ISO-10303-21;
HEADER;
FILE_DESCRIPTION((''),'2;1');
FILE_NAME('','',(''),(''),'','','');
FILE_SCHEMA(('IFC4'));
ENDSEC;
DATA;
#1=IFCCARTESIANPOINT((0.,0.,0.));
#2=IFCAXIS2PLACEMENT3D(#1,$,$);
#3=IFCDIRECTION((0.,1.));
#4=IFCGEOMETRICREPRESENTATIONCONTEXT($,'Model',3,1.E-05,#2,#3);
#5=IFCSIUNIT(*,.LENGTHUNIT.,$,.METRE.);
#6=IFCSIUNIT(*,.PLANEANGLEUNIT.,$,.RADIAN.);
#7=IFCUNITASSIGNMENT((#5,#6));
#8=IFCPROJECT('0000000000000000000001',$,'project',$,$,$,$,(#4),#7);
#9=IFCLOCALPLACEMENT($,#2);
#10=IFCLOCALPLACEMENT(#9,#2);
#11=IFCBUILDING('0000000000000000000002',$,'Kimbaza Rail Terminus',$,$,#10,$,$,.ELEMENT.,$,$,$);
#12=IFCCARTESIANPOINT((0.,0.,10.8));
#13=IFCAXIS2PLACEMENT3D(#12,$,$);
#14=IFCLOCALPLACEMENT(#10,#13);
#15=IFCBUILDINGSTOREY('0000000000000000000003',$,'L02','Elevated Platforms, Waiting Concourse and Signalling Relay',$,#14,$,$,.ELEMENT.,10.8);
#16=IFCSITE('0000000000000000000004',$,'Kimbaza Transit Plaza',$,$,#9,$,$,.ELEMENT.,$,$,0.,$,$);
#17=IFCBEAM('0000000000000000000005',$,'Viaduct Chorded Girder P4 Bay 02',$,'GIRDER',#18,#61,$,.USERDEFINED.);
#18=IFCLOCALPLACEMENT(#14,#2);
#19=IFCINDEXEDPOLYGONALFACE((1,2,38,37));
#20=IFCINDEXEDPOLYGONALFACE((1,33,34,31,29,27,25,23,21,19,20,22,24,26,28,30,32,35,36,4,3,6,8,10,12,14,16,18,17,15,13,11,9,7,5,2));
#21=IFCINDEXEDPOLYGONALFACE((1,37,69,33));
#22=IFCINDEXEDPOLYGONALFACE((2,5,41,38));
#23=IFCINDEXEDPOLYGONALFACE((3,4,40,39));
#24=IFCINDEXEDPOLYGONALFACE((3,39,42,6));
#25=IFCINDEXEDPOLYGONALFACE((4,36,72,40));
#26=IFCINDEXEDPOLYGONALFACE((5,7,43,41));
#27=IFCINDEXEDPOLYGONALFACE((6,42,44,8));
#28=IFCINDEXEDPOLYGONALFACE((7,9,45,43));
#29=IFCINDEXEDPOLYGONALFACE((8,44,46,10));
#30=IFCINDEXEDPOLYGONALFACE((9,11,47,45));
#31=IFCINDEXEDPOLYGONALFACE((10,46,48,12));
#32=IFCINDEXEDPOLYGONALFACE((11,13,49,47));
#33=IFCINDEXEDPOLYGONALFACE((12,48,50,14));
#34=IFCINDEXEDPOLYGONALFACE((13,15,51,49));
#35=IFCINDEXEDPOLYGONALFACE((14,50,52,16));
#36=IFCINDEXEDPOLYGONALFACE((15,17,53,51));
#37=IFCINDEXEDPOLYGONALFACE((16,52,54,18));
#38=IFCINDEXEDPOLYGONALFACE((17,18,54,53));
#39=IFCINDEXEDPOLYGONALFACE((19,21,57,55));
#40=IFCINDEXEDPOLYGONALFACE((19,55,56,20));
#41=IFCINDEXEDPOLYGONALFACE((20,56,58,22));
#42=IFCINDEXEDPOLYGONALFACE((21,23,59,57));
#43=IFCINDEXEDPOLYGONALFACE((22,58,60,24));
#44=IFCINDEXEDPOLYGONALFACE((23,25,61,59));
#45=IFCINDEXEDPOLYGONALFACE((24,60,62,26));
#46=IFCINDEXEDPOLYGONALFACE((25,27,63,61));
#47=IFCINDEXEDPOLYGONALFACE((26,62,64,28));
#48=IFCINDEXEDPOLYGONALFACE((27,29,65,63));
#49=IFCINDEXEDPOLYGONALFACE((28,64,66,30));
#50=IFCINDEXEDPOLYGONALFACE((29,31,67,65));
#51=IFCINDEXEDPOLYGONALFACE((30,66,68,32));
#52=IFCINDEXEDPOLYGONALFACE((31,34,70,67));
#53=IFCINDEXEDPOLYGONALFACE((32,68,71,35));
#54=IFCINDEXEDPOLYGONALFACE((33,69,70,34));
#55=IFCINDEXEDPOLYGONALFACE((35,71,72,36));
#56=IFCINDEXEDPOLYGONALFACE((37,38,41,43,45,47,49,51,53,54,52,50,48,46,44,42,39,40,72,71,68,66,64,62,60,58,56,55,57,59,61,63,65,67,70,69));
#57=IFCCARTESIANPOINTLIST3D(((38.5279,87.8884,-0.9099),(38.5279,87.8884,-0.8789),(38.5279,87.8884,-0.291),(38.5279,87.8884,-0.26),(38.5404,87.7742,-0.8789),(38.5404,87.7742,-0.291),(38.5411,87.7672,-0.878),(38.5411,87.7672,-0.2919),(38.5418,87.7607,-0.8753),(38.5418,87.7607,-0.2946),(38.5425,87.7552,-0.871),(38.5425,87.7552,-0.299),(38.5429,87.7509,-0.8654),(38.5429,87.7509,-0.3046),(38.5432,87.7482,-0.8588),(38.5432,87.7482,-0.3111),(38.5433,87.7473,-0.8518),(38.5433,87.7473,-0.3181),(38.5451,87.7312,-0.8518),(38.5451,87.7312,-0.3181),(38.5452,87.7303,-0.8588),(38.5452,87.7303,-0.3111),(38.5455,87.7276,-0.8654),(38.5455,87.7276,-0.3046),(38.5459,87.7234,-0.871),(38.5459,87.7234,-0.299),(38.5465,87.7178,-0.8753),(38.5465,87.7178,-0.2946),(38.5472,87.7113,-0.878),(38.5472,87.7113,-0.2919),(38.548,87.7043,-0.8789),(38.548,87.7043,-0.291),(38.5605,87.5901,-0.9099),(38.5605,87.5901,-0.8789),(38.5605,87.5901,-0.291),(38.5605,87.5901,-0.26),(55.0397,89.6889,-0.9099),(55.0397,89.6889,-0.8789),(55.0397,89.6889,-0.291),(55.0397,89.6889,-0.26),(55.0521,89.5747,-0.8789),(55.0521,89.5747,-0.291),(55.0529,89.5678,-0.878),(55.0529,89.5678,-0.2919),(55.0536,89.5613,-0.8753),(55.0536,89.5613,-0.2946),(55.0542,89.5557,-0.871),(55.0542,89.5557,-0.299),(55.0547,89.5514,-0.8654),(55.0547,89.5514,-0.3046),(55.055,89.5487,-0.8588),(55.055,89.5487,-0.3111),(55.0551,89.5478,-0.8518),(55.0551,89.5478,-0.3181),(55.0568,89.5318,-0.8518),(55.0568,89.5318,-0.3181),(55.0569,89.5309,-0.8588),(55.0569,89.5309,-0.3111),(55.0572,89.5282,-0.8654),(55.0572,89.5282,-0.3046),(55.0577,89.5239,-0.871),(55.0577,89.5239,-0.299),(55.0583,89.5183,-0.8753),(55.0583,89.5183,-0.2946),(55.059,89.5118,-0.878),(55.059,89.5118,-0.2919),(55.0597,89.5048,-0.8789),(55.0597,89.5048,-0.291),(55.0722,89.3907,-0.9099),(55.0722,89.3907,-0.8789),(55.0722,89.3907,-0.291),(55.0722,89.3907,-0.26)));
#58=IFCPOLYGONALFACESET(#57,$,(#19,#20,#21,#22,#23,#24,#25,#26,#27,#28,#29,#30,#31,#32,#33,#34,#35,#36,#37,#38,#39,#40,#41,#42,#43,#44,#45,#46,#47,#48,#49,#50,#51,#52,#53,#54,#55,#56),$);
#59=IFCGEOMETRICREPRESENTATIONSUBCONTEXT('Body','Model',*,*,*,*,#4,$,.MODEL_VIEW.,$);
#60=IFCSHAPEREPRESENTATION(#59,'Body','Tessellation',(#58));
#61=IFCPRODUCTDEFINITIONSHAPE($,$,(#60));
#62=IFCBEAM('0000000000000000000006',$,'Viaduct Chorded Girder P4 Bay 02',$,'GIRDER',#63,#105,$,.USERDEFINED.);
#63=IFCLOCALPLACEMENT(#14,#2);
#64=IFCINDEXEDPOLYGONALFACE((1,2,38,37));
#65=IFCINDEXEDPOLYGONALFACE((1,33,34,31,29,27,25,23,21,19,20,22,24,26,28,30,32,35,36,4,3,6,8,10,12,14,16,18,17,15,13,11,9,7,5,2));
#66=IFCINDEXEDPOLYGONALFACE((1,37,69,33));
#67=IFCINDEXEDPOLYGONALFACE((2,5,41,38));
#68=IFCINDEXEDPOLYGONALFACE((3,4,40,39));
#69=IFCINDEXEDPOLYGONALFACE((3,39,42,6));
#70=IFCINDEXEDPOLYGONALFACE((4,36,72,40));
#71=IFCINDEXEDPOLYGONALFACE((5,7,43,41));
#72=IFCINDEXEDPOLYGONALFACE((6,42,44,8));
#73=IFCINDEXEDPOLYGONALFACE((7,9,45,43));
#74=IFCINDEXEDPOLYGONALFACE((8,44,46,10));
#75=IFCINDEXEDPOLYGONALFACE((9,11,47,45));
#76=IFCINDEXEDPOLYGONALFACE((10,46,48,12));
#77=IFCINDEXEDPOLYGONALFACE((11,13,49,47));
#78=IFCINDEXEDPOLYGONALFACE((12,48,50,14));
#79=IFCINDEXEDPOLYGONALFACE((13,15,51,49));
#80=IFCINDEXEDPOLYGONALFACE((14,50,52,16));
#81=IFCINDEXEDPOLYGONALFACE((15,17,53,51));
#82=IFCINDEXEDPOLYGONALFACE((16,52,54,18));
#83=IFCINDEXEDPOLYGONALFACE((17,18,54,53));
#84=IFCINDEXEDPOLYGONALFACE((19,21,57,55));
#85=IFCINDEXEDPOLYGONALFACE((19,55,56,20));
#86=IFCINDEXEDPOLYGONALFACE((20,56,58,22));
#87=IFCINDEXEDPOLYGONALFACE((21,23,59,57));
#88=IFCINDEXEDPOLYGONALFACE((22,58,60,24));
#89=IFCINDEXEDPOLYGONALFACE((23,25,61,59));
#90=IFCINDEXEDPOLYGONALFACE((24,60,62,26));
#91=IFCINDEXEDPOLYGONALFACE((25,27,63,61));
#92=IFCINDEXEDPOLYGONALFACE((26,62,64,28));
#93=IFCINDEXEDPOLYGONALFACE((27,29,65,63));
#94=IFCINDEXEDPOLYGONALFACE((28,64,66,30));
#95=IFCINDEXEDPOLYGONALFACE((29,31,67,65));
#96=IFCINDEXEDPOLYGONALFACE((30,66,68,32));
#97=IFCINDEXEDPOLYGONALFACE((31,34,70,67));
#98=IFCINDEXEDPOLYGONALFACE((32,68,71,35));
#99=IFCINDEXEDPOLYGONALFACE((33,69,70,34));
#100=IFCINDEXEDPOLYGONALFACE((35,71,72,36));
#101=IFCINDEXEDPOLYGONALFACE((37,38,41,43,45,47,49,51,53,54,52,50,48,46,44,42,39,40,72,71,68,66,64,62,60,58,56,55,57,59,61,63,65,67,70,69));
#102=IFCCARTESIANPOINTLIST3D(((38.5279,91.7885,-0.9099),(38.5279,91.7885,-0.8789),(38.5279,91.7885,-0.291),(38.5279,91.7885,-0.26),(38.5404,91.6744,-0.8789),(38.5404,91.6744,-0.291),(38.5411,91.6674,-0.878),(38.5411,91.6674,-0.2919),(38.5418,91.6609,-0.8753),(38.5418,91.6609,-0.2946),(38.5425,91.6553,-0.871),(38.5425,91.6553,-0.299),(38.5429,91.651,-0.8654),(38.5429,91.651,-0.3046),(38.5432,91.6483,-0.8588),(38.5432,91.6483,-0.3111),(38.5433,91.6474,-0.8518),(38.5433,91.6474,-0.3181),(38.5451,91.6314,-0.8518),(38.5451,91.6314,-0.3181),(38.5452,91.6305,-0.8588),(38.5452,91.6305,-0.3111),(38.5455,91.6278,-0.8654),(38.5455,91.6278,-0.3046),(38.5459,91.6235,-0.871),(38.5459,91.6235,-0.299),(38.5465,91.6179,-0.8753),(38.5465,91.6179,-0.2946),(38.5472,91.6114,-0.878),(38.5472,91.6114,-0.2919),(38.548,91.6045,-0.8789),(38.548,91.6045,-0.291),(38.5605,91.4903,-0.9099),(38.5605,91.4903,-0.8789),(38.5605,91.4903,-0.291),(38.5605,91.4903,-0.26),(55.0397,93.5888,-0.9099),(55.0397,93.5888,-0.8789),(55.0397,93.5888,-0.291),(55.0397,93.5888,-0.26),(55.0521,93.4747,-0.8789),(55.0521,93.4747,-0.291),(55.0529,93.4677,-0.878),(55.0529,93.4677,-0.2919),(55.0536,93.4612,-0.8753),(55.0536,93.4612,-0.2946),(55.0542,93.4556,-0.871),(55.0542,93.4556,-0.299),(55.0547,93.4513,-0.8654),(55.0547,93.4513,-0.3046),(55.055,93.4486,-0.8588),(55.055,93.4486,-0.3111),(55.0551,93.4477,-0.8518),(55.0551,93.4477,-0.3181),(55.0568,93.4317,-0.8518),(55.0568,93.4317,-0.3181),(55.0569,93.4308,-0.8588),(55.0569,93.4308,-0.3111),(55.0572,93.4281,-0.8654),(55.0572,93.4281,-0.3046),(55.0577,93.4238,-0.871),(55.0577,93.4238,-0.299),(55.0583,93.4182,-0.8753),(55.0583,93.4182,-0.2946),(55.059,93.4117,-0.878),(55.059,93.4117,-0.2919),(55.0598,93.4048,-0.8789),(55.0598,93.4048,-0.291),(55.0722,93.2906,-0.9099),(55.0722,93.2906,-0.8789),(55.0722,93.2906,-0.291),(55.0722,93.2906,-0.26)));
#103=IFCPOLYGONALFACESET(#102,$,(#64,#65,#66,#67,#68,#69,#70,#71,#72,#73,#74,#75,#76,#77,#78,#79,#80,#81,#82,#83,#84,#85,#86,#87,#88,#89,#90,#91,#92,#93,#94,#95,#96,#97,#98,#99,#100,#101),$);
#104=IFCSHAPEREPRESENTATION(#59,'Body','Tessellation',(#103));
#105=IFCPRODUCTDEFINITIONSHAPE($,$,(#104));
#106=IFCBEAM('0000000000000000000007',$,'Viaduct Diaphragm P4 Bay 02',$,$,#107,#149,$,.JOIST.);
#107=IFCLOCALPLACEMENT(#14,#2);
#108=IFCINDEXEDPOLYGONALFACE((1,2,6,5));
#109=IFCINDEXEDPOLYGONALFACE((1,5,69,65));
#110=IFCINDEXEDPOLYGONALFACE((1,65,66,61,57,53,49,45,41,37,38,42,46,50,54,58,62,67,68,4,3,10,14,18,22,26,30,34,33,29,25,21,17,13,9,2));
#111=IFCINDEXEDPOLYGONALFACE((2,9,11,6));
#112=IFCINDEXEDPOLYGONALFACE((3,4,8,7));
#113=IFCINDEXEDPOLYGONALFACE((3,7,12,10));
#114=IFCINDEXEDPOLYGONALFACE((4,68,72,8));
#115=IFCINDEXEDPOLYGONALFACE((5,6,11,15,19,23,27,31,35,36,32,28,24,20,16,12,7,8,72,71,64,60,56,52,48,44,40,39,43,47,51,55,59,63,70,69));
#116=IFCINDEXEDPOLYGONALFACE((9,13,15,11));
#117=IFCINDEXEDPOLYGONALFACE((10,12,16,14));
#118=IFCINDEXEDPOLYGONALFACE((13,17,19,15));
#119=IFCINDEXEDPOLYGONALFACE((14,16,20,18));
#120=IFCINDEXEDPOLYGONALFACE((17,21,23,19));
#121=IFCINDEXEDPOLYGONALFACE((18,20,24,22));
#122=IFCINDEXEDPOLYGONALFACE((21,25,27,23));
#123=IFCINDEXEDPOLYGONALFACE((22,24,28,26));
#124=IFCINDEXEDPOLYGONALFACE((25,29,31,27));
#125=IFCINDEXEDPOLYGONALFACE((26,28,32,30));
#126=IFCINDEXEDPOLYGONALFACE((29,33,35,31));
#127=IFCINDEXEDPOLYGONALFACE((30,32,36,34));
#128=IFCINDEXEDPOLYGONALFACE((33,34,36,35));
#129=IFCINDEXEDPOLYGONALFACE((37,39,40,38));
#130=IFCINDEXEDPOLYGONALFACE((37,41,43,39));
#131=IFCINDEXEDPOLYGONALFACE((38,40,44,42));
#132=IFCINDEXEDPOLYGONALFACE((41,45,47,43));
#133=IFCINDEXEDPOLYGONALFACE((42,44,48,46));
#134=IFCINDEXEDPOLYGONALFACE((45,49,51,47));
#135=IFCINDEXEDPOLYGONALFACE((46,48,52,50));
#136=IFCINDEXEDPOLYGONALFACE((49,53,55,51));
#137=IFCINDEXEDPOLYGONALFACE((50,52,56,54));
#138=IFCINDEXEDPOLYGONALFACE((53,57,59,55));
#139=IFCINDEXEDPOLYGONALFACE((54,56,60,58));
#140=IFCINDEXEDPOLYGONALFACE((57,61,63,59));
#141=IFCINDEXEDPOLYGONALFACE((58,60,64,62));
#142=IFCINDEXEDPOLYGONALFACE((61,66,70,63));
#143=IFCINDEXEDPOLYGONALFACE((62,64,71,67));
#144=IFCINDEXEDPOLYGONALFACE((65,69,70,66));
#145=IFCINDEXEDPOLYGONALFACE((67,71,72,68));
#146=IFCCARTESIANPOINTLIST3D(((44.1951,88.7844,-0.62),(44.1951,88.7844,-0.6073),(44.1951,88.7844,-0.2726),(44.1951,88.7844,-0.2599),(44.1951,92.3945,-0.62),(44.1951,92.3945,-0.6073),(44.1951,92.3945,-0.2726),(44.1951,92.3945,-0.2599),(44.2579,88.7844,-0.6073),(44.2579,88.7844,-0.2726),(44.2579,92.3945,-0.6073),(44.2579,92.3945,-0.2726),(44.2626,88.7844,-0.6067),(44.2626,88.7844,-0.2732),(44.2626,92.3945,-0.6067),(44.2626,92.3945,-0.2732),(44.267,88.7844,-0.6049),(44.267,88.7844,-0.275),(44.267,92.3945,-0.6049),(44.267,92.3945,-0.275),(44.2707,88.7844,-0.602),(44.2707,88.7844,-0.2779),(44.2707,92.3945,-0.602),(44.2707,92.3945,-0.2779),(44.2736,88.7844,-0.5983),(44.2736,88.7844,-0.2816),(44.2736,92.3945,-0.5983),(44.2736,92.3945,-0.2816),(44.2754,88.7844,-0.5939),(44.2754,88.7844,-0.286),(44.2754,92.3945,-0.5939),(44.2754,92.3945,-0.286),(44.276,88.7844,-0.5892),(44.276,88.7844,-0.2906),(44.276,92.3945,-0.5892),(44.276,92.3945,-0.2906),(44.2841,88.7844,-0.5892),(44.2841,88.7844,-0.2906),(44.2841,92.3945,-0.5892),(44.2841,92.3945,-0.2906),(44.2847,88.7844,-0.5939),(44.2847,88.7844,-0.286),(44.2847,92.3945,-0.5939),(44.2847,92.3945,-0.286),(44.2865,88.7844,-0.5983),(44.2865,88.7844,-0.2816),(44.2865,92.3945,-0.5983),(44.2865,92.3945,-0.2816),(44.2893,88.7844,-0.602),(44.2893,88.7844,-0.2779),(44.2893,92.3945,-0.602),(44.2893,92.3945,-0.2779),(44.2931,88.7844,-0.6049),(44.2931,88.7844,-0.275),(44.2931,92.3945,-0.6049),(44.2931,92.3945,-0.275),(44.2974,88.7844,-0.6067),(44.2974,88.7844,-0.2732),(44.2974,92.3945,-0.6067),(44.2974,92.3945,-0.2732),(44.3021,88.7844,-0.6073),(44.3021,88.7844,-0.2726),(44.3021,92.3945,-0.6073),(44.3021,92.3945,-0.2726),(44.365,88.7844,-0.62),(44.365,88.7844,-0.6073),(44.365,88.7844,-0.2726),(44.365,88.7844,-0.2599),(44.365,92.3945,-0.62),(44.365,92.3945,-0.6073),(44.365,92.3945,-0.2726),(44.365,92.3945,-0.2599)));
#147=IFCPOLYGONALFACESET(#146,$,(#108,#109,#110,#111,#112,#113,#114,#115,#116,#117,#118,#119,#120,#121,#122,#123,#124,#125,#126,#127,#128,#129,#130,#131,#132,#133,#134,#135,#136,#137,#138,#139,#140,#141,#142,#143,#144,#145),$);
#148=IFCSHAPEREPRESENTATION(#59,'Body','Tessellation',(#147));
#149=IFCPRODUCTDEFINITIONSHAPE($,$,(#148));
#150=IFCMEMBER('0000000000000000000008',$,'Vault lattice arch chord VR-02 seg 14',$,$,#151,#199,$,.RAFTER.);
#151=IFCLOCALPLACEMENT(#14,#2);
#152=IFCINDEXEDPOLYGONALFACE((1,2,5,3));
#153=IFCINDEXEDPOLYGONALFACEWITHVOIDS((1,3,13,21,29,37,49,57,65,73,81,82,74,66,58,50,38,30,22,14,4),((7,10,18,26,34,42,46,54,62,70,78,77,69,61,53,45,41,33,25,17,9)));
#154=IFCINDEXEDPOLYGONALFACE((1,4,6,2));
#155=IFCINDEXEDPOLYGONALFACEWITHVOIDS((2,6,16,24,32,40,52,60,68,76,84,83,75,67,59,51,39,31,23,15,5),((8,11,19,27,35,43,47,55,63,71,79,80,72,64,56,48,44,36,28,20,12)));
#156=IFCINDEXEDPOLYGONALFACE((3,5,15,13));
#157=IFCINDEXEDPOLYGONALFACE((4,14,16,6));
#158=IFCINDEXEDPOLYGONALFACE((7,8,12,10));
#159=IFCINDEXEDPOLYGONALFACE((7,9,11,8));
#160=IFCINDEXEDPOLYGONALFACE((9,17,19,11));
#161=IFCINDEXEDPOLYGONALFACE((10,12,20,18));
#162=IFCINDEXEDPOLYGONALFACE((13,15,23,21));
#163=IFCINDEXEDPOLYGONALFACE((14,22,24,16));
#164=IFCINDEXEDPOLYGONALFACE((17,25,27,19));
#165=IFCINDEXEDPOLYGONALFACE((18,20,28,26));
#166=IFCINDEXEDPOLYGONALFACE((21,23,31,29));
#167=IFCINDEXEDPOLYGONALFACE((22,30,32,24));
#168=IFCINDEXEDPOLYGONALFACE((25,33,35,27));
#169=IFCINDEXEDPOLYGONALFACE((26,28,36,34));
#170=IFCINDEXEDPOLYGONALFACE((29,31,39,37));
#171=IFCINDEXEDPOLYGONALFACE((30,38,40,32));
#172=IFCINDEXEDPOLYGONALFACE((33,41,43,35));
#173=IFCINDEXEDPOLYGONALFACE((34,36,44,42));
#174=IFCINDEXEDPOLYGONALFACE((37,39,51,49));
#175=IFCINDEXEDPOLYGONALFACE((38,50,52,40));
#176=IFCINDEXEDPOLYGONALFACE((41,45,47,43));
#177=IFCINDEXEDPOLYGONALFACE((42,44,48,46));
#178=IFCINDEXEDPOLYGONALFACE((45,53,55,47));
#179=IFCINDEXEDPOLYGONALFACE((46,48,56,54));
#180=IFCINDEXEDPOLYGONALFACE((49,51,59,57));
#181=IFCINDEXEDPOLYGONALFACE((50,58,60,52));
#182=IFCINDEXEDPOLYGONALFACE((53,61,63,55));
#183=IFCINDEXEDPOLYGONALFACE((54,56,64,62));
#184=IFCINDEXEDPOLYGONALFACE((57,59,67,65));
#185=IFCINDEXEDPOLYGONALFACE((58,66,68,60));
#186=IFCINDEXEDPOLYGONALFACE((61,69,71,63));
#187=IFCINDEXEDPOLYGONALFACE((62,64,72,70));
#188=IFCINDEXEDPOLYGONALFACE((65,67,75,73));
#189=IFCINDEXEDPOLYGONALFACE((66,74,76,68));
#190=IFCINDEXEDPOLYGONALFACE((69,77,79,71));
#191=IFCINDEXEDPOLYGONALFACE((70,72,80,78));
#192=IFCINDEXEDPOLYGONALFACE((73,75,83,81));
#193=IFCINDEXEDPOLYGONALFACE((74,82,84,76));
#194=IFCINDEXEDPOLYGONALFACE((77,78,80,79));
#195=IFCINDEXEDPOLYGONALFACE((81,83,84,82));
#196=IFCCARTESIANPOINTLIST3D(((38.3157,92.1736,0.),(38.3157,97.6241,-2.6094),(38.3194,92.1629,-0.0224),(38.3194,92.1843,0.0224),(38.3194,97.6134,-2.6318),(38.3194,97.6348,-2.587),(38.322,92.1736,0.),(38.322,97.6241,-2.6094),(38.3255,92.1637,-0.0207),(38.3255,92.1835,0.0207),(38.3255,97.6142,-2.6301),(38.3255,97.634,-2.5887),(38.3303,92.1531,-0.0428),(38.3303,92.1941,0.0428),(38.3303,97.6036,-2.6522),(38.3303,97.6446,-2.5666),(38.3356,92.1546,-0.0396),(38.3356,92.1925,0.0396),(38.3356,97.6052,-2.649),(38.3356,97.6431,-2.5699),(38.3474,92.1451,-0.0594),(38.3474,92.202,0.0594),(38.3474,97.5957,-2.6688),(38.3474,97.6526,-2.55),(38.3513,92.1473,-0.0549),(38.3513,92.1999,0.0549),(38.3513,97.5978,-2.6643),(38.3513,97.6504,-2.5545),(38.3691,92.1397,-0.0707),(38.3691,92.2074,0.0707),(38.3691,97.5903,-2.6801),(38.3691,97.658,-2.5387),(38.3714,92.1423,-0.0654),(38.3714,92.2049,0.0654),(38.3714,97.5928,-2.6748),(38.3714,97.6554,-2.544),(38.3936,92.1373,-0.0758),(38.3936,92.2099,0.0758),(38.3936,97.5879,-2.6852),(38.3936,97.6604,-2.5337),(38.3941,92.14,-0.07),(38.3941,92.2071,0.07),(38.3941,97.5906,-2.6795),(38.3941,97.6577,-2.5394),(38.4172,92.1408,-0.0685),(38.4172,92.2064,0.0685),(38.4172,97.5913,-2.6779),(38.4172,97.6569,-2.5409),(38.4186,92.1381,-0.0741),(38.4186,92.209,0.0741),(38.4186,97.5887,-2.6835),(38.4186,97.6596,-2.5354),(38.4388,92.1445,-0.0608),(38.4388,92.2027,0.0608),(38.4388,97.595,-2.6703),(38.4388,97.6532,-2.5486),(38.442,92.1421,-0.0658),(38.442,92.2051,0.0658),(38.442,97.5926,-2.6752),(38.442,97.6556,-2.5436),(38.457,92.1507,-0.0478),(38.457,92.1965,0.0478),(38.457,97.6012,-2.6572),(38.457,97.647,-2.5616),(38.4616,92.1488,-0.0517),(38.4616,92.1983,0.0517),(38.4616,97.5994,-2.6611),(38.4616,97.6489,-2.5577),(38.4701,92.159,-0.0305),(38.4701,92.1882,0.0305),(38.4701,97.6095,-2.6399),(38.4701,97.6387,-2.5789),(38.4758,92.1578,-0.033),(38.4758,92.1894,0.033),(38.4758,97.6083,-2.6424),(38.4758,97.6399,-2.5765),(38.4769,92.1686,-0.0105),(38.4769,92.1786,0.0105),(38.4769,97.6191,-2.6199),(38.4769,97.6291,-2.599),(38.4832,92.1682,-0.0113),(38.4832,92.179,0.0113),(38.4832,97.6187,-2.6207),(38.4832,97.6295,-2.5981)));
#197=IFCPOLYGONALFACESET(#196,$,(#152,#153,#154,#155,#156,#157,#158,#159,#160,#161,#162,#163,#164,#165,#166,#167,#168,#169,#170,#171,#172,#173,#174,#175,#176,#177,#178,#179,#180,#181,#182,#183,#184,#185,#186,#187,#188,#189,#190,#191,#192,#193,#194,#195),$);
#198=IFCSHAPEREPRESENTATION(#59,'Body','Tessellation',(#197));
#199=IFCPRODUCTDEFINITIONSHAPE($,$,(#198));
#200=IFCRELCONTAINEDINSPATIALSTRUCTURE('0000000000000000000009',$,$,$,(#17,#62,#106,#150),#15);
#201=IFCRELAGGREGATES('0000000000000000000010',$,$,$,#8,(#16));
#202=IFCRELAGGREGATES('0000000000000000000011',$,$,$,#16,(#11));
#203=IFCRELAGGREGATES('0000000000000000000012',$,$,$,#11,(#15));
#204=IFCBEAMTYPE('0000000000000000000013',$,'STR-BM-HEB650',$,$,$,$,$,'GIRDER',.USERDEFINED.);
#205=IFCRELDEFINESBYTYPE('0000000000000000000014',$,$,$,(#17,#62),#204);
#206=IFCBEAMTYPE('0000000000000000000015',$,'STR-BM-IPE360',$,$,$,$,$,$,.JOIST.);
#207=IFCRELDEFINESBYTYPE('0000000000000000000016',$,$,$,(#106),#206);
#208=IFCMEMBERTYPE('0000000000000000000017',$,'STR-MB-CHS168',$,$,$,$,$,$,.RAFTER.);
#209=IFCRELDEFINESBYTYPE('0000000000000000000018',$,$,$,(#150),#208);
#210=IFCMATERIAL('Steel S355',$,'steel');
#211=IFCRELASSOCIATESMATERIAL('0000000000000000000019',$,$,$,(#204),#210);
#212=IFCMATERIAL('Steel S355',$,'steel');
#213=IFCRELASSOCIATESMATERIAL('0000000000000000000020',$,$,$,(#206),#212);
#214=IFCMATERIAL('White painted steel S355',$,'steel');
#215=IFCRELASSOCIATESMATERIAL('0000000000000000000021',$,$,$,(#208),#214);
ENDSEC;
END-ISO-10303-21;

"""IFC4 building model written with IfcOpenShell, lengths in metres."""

from ifc_helpers import new_model, si_unit, direction, frame, origin, origin_2d, place, context, subcontext, project, spatial, hollow_circle, i_section, extrude, material, material_profile, profile_set, type_object, element, save


model = new_model("IFC4")

# Units and contexts
model_context = context("Model", 3, precision=1e-05, world=origin(), true_north=direction((0.0, 1.0)))
body_context = subcontext(model_context, "Body", "Model", "MODEL_VIEW")
ifc_project = project(units=[si_unit("LENGTHUNIT", "METRE"), si_unit("PLANEANGLEUNIT", "RADIAN")], contexts=[model_context])

# Site, building, storey
site_placement = place(None, origin())
site = spatial("IfcSite", under=ifc_project, at=site_placement, Name="Kimbaza Transit Plaza", CompositionType="ELEMENT", RefElevation=0.0)
building_placement = place(site_placement, origin())
building = spatial("IfcBuilding", under=site, at=building_placement, Name="Kimbaza Rail Terminus", CompositionType="ELEMENT")
storey_placement = place(building_placement, frame((0.0, 0.0, 10.8)))
storey = spatial("IfcBuildingStorey", under=building, at=storey_placement, Name="L02", Description="Elevated Platforms, Waiting Concourse and Signalling Relay", CompositionType="ELEMENT", Elevation=10.8)

# Beams
ifc_material_1 = material(Name="Steel S355", Category="steel")
ifc_material_profile_1 = material_profile(ifc_material_1, i_section(OverallWidth=0.3, OverallDepth=0.6499, WebThickness=0.0161, FlangeThickness=0.031, FilletRadius=0.0271, at=origin_2d()), Name="HEB 650")
ifc_profile_set_1 = profile_set([ifc_material_profile_1], Name="Steel S355")
beam_type_1 = type_object("IfcBeamType", Name="STR-BM-HEB650", ElementType="GIRDER", PredefinedType="USERDEFINED", material=ifc_profile_set_1)
for number, where, z_axis, x_axis, name in (
    (1, (38.5442, 87.7393, -0.585), (0.994107, 0.108403, 0.0), (-0.108403, 0.994107, 0.0), "Viaduct Chorded Girder P4 Bay 02"),
    (2, (38.5442, 91.6394, -0.585), (0.994109, 0.108389, 0.0), (-0.108389, 0.994109, 0.0), "Viaduct Chorded Girder P4 Bay 02"),
):
    element("IfcBeam", number, at=place(storey_placement, frame(where, z_axis=z_axis, x_axis=x_axis)), inside=storey, type_object=beam_type_1, Name=name, ObjectType="GIRDER", PredefinedType="USERDEFINED", context=body_context, shape_type="SweptSolid", body=[
        extrude(i_section(OverallWidth=0.3, OverallDepth=0.6499, WebThickness=0.0161, FlangeThickness=0.031, FilletRadius=0.0271, at=origin_2d()), origin(), (0.0, 0.0, 1.0), 16.6096),
    ])
ifc_material_2 = material(Name="Steel S355", Category="steel")
ifc_material_profile_2 = material_profile(ifc_material_2, i_section(OverallWidth=0.1699, OverallDepth=0.3601, WebThickness=0.0081, FlangeThickness=0.0127, FilletRadius=0.0181, at=origin_2d()), Name="IPE 360")
ifc_profile_set_2 = profile_set([ifc_material_profile_2], Name="Steel S355")
beam_type_2 = type_object("IfcBeamType", Name="STR-BM-IPE360", PredefinedType="JOIST", material=ifc_profile_set_2)
beam_placement = place(storey_placement, frame((44.28, 88.7844, -0.4399), z_axis=(0.0, 1.0, 0.0), x_axis=(-1.0, 0.0, 0.0)))
element("IfcBeam", 3, at=beam_placement, inside=storey, type_object=beam_type_2, Name="Viaduct Diaphragm P4 Bay 02", PredefinedType="JOIST", context=body_context, shape_type="SweptSolid", body=[
    extrude(i_section(OverallWidth=0.1699, OverallDepth=0.3601, WebThickness=0.0081, FlangeThickness=0.0127, FilletRadius=0.0181, at=origin_2d()), origin(), (0.0, 0.0, 1.0), 3.6101),
])

# Member
ifc_material_3 = material(Name="White painted steel S355", Category="steel")
ifc_material_profile_3 = material_profile(ifc_material_3, hollow_circle(Radius=0.0842, WallThickness=0.0063, at=origin_2d()), Name="CHS 168.3x6.3")
ifc_profile_set_3 = profile_set([ifc_material_profile_3], Name="White painted steel S355")
member_type_1 = type_object("IfcMemberType", Name="STR-MB-CHS168", PredefinedType="RAFTER", material=ifc_profile_set_3)
member_1_placement = place(storey_placement, frame((38.3999, 92.1736, 0.0), z_axis=(0.0, 0.901964, -0.431811), x_axis=(-1.0, 0.0, 0.0)))
element("IfcMember", 4, at=member_1_placement, inside=storey, type_object=member_type_1, Name="Vault lattice arch chord VR-02 seg 14", PredefinedType="RAFTER", context=body_context, shape_type="SweptSolid", body=[
    extrude(hollow_circle(Radius=0.0842, WallThickness=0.0063, at=origin_2d()), origin(), (0.0, 0.0, 1.0), 6.043),
])

save(model, "model.ifc")
